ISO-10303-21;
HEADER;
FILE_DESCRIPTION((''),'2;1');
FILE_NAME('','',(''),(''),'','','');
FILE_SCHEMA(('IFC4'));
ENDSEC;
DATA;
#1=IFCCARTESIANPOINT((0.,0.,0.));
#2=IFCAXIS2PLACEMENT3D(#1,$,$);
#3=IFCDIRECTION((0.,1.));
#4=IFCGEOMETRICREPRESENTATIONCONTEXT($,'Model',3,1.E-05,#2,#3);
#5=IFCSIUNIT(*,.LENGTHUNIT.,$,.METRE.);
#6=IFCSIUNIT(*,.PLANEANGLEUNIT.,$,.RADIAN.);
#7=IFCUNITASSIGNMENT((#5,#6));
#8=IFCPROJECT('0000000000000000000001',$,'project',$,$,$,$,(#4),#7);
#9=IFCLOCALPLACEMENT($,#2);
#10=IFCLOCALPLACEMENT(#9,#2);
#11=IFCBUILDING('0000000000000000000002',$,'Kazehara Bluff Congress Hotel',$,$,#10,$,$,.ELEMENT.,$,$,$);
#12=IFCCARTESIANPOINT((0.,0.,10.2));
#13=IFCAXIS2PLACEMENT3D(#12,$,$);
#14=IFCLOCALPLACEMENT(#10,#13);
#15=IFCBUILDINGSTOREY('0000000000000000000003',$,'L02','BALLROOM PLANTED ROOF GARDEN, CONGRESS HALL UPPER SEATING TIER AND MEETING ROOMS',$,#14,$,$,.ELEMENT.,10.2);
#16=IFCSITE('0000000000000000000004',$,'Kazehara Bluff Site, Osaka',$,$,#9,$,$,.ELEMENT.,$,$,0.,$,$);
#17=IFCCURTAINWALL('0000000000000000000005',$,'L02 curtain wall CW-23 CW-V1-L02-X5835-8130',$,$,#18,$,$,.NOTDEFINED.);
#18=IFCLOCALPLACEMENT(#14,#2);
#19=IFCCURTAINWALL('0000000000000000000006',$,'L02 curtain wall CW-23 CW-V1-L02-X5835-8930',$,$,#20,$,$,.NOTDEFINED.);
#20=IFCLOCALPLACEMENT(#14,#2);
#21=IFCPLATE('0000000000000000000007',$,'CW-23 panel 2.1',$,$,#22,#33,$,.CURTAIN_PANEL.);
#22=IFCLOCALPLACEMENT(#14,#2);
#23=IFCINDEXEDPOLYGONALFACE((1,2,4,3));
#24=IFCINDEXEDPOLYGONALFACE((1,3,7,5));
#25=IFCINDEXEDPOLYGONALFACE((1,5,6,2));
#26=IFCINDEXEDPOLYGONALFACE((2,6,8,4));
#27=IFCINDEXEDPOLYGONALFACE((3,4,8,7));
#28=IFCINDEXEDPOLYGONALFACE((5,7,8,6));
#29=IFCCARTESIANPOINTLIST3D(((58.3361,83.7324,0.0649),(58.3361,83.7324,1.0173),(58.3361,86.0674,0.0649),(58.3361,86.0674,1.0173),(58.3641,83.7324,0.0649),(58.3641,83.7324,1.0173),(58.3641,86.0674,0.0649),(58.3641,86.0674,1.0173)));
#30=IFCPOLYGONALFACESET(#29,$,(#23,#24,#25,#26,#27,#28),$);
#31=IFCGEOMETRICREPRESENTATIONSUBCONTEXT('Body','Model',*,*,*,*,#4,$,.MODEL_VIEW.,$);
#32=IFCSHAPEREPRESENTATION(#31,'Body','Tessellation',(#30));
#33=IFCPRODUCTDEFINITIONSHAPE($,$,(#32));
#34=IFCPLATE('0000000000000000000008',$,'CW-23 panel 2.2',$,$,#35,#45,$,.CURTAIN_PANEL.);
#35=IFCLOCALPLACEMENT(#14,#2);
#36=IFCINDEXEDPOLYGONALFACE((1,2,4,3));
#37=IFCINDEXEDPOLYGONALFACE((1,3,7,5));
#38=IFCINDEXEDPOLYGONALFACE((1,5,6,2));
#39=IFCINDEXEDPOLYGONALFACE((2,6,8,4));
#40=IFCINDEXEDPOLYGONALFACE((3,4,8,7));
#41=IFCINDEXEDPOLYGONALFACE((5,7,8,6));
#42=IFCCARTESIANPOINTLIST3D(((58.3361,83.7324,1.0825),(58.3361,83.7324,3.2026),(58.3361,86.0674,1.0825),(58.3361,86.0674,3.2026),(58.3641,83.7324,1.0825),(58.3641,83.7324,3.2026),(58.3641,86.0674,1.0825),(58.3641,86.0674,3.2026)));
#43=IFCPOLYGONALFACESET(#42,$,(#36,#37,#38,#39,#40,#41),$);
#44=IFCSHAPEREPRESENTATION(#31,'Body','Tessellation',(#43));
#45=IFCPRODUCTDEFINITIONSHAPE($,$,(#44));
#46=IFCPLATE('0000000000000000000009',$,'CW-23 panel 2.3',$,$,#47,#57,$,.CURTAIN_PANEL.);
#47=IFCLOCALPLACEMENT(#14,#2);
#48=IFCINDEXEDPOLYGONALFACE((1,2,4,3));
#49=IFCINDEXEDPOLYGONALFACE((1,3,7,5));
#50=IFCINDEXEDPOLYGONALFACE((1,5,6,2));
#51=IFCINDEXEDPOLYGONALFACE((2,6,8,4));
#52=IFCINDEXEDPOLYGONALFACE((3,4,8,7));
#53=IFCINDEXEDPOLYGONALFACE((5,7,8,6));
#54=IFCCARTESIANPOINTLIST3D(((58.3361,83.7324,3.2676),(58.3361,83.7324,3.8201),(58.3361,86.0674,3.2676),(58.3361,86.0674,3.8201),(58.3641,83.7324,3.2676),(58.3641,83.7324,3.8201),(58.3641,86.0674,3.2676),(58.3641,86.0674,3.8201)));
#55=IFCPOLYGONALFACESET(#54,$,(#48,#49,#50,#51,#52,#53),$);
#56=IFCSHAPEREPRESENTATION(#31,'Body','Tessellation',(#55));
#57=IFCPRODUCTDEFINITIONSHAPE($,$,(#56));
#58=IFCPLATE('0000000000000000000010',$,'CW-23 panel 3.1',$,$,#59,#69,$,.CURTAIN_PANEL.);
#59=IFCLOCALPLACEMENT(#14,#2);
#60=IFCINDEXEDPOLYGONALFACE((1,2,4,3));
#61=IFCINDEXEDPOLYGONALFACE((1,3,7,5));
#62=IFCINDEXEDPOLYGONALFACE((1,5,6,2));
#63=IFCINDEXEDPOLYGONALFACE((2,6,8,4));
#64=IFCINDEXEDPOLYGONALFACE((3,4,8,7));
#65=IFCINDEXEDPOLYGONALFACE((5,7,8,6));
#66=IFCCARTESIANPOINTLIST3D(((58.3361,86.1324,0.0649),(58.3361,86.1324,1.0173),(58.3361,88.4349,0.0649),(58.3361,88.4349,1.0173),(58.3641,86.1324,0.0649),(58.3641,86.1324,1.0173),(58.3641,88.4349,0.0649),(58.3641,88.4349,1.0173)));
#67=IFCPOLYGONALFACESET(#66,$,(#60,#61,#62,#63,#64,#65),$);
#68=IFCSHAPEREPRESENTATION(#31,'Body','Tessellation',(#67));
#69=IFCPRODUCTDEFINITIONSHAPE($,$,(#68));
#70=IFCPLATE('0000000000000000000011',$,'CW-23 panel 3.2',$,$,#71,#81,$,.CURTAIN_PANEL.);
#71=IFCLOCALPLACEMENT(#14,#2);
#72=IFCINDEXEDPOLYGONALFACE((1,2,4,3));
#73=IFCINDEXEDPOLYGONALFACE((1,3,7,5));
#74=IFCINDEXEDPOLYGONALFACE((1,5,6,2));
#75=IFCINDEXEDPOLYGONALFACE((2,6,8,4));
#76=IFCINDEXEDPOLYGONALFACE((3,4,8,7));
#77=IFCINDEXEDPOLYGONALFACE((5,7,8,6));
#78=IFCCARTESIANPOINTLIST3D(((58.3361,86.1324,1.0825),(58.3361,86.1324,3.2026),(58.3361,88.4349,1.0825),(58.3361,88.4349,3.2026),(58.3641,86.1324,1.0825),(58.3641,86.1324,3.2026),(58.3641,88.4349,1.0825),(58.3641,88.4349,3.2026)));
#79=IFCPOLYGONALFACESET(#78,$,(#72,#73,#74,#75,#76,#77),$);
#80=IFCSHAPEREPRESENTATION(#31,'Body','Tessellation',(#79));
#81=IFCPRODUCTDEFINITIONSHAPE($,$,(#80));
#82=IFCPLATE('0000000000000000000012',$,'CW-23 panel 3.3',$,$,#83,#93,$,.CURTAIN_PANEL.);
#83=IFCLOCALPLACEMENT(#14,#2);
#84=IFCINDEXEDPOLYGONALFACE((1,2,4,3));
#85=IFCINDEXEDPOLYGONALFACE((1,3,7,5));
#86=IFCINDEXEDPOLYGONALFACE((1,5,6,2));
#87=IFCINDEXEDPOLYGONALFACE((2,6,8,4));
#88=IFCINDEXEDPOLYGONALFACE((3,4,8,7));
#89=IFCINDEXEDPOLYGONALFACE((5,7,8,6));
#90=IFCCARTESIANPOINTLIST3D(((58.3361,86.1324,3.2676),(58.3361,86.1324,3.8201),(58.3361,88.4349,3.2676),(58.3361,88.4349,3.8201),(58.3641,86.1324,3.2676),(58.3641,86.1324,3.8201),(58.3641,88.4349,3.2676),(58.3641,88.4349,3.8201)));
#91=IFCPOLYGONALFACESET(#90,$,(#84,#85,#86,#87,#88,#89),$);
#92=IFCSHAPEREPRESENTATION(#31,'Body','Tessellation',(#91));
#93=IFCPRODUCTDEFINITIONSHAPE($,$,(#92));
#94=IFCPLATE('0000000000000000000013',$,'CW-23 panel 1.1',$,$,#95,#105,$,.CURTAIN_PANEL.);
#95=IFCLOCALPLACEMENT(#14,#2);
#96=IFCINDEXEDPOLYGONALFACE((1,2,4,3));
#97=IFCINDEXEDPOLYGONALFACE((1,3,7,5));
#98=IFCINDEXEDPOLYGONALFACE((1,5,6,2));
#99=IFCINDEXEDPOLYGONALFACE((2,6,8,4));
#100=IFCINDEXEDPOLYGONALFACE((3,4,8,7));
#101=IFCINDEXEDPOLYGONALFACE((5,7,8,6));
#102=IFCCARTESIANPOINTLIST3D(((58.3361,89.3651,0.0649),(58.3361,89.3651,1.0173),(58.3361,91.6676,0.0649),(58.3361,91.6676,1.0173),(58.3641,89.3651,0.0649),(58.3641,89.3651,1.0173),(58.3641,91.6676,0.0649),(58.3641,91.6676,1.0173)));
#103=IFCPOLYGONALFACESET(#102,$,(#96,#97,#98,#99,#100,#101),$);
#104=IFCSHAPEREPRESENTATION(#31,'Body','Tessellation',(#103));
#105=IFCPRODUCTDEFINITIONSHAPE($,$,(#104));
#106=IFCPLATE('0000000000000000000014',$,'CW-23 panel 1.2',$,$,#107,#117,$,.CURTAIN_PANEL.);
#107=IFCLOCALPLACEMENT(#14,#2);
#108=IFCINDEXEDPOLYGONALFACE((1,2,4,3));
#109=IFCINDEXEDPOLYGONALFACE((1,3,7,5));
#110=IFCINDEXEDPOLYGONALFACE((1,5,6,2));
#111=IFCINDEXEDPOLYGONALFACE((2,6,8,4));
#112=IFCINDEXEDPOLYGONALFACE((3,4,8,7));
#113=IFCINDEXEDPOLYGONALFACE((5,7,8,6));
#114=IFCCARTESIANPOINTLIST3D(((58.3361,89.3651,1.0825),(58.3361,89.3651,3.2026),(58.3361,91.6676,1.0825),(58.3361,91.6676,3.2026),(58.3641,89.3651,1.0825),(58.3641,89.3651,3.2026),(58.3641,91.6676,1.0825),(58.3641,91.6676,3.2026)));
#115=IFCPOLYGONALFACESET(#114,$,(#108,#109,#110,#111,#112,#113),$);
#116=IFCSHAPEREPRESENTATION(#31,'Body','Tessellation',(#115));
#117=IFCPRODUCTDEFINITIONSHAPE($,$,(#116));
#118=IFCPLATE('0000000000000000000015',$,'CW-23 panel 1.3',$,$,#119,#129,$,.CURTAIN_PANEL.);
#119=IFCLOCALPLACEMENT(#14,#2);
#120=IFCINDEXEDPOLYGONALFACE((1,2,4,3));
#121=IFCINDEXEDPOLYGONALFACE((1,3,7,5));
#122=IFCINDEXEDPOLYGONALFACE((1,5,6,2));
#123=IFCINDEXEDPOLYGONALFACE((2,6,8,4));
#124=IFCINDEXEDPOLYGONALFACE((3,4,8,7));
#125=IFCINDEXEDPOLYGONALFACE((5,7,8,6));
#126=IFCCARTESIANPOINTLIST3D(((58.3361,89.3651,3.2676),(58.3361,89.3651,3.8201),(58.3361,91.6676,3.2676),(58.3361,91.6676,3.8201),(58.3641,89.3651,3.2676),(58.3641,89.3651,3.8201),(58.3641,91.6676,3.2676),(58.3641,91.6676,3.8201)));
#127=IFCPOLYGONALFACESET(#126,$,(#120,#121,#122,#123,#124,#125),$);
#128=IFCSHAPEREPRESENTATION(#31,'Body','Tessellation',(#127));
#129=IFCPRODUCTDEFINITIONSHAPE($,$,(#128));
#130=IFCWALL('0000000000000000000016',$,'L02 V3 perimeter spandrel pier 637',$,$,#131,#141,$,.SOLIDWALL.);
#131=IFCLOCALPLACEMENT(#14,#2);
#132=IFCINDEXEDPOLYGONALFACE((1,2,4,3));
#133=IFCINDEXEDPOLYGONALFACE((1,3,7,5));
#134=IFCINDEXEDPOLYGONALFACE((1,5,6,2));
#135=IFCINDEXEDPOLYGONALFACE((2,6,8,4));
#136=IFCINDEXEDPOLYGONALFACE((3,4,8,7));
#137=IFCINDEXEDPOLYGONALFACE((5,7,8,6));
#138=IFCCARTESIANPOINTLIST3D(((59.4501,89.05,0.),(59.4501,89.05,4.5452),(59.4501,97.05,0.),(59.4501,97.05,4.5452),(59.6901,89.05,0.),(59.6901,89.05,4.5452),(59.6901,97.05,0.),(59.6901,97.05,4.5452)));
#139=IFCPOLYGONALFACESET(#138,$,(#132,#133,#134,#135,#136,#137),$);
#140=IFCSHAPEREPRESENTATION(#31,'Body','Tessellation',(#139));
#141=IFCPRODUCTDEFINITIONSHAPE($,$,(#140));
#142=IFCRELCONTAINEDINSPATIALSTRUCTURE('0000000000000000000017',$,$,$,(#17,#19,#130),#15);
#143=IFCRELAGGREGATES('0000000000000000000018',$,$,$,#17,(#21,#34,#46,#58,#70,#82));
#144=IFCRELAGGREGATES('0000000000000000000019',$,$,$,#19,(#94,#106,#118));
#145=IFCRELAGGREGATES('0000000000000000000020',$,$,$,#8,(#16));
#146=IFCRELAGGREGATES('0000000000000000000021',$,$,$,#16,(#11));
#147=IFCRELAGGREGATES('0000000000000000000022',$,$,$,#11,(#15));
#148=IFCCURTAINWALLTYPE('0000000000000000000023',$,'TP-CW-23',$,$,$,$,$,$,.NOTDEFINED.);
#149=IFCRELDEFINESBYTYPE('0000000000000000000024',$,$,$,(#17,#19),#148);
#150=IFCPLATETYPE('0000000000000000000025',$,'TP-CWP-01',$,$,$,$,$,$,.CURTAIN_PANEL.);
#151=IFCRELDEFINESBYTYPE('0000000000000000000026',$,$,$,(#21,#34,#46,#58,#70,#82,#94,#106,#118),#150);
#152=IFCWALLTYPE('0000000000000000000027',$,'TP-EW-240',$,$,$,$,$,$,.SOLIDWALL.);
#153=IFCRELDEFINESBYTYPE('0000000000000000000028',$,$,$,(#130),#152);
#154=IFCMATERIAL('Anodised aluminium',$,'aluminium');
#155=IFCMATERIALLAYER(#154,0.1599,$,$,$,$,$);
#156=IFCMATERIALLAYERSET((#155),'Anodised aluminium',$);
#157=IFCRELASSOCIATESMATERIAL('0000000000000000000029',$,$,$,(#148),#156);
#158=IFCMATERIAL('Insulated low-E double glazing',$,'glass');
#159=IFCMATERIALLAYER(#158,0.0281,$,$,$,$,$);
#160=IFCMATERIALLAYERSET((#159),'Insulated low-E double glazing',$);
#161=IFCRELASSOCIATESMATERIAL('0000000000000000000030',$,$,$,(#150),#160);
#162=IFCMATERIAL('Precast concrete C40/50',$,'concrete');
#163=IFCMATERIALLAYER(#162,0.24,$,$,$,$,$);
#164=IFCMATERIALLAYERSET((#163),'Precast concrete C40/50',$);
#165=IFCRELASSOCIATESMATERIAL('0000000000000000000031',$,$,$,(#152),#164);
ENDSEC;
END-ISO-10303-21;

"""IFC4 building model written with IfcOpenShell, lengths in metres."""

from ifc_helpers import new_model, si_unit, direction, frame, frame_2d, origin, origin_2d, place, context, subcontext, project, spatial, rectangle, extrude, material, layer, layer_set, type_object, element, aggregate, save


model = new_model("IFC4")

# Units and contexts
model_context = context("Model", 3, precision=1e-05, world=origin(), true_north=direction((0.0, 1.0)))
body_context = subcontext(model_context, "Body", "Model", "MODEL_VIEW")
ifc_project = project(units=[si_unit("LENGTHUNIT", "METRE"), si_unit("PLANEANGLEUNIT", "RADIAN")], contexts=[model_context])

# Site, building, storey
site_placement = place(None, origin())
site = spatial("IfcSite", under=ifc_project, at=site_placement, Name="Kazehara Bluff Site, Osaka", CompositionType="ELEMENT", RefElevation=0.0)
building_placement = place(site_placement, origin())
building = spatial("IfcBuilding", under=site, at=building_placement, Name="Kazehara Bluff Congress Hotel", CompositionType="ELEMENT")
storey_placement = place(building_placement, frame((0.0, 0.0, 10.2)))
storey = spatial("IfcBuildingStorey", under=building, at=storey_placement, Name="L02", Description="BALLROOM PLANTED ROOF GARDEN, CONGRESS HALL UPPER SEATING TIER AND MEETING ROOMS", CompositionType="ELEMENT", Elevation=10.2)

# Curtain walls
ifc_material_1 = material(Name="Anodised aluminium", Category="aluminium")
ifc_layer_1 = layer(ifc_material_1, 0.1599)
ifc_layer_set_1 = layer_set([ifc_layer_1], Name="Anodised aluminium")
curtain_wall_type = type_object("IfcCurtainWallType", Name="TP-CW-23", PredefinedType="NOTDEFINED", material=ifc_layer_set_1)
curtain_wall_1_placement = place(storey_placement, origin())
curtain_wall_1 = element("IfcCurtainWall", 1, at=curtain_wall_1_placement, inside=storey, type_object=curtain_wall_type, Name="L02 curtain wall CW-23 CW-V1-L02-X5835-8130", PredefinedType="NOTDEFINED")
curtain_wall_2_placement = place(storey_placement, origin())
curtain_wall_2 = element("IfcCurtainWall", 2, at=curtain_wall_2_placement, inside=storey, type_object=curtain_wall_type, Name="L02 curtain wall CW-23 CW-V1-L02-X5835-8930", PredefinedType="NOTDEFINED")

# Plates
ifc_material_2 = material(Name="Insulated low-E double glazing", Category="glass")
ifc_layer_2 = layer(ifc_material_2, 0.0281)
ifc_layer_set_2 = layer_set([ifc_layer_2], Name="Insulated low-E double glazing")
plate_type = type_object("IfcPlateType", Name="TP-CWP-01", PredefinedType="CURTAIN_PANEL", material=ifc_layer_set_2)
plate_1_placement = place(storey_placement, frame((58.3501, 84.8999, 0.0649), z_axis=(0.0, 0.0, 1.0), x_axis=(0.0, 1.0, 0.0)))
plate_1 = element("IfcPlate", 3, at=plate_1_placement, type_object=plate_type, Name="CW-23 panel 2.1", PredefinedType="CURTAIN_PANEL", context=body_context, shape_type="SweptSolid", body=[
    extrude(rectangle(XDim=2.335, YDim=0.0281, at=origin_2d()), origin(), (0.0, 0.0, 1.0), 0.9524),
])
plate_2_placement = place(storey_placement, frame((58.3501, 84.8999, 1.0825), z_axis=(0.0, 0.0, 1.0), x_axis=(0.0, 1.0, 0.0)))
plate_2 = element("IfcPlate", 4, at=plate_2_placement, type_object=plate_type, Name="CW-23 panel 2.2", PredefinedType="CURTAIN_PANEL", context=body_context, shape_type="SweptSolid", body=[
    extrude(rectangle(XDim=2.335, YDim=0.0281, at=origin_2d()), origin(), (0.0, 0.0, 1.0), 2.1201),
])
plate_3_placement = place(storey_placement, frame((58.3501, 84.8999, 3.2676), z_axis=(0.0, 0.0, 1.0), x_axis=(0.0, 1.0, 0.0)))
plate_3 = element("IfcPlate", 5, at=plate_3_placement, type_object=plate_type, Name="CW-23 panel 2.3", PredefinedType="CURTAIN_PANEL", context=body_context, shape_type="SweptSolid", body=[
    extrude(rectangle(XDim=2.335, YDim=0.0281, at=origin_2d()), origin(), (0.0, 0.0, 1.0), 0.5525),
])
plate_4_placement = place(storey_placement, frame((58.3501, 87.2837, 0.0649), z_axis=(0.0, 0.0, 1.0), x_axis=(0.0, 1.0, 0.0)))
plate_4 = element("IfcPlate", 6, at=plate_4_placement, type_object=plate_type, Name="CW-23 panel 3.1", PredefinedType="CURTAIN_PANEL", context=body_context, shape_type="SweptSolid", body=[
    extrude(rectangle(XDim=2.3025, YDim=0.0281, at=origin_2d()), origin(), (0.0, 0.0, 1.0), 0.9524),
])
plate_5_placement = place(storey_placement, frame((58.3501, 87.2837, 1.0825), z_axis=(0.0, 0.0, 1.0), x_axis=(0.0, 1.0, 0.0)))
plate_5 = element("IfcPlate", 7, at=plate_5_placement, type_object=plate_type, Name="CW-23 panel 3.2", PredefinedType="CURTAIN_PANEL", context=body_context, shape_type="SweptSolid", body=[
    extrude(rectangle(XDim=2.3025, YDim=0.0281, at=origin_2d()), origin(), (0.0, 0.0, 1.0), 2.1201),
])
plate_6_placement = place(storey_placement, frame((58.3501, 87.2837, 3.2676), z_axis=(0.0, 0.0, 1.0), x_axis=(0.0, 1.0, 0.0)))
plate_6 = element("IfcPlate", 8, at=plate_6_placement, type_object=plate_type, Name="CW-23 panel 3.3", PredefinedType="CURTAIN_PANEL", context=body_context, shape_type="SweptSolid", body=[
    extrude(rectangle(XDim=2.3025, YDim=0.0281, at=origin_2d()), origin(), (0.0, 0.0, 1.0), 0.5525),
])
aggregate(curtain_wall_1, [plate_1, plate_2, plate_3, plate_4, plate_5, plate_6])
plate_7_placement = place(storey_placement, frame((58.3501, 90.5164, 0.0649), z_axis=(0.0, 0.0, 1.0), x_axis=(0.0, 1.0, 0.0)))
plate_7 = element("IfcPlate", 9, at=plate_7_placement, type_object=plate_type, Name="CW-23 panel 1.1", PredefinedType="CURTAIN_PANEL", context=body_context, shape_type="SweptSolid", body=[
    extrude(rectangle(XDim=2.3025, YDim=0.0281, at=origin_2d()), origin(), (0.0, 0.0, 1.0), 0.9524),
])
plate_8_placement = place(storey_placement, frame((58.3501, 90.5164, 1.0825), z_axis=(0.0, 0.0, 1.0), x_axis=(0.0, 1.0, 0.0)))
plate_8 = element("IfcPlate", 10, at=plate_8_placement, type_object=plate_type, Name="CW-23 panel 1.2", PredefinedType="CURTAIN_PANEL", context=body_context, shape_type="SweptSolid", body=[
    extrude(rectangle(XDim=2.3025, YDim=0.0281, at=origin_2d()), origin(), (0.0, 0.0, 1.0), 2.1201),
])
plate_9_placement = place(storey_placement, frame((58.3501, 90.5164, 3.2676), z_axis=(0.0, 0.0, 1.0), x_axis=(0.0, 1.0, 0.0)))
plate_9 = element("IfcPlate", 11, at=plate_9_placement, type_object=plate_type, Name="CW-23 panel 1.3", PredefinedType="CURTAIN_PANEL", context=body_context, shape_type="SweptSolid", body=[
    extrude(rectangle(XDim=2.3025, YDim=0.0281, at=origin_2d()), origin(), (0.0, 0.0, 1.0), 0.5525),
])
aggregate(curtain_wall_2, [plate_7, plate_8, plate_9])

# Wall
ifc_material_3 = material(Name="Precast concrete C40/50", Category="concrete")
ifc_layer_3 = layer(ifc_material_3, 0.24)
ifc_layer_set_3 = layer_set([ifc_layer_3], Name="Precast concrete C40/50")
wall_type = type_object("IfcWallType", Name="TP-EW-240", PredefinedType="SOLIDWALL", material=ifc_layer_set_3)
wall_placement = place(storey_placement, frame((59.5701, 89.05, 0.0), z_axis=(0.0, 0.0, 1.0), x_axis=(0.0, 1.0, 0.0)))
element("IfcWall", 12, at=wall_placement, inside=storey, type_object=wall_type, Name="L02 V3 perimeter spandrel pier 637", PredefinedType="SOLIDWALL", context=body_context, shape_type="SweptSolid", body=[
    extrude(rectangle(XDim=8.0, YDim=0.24, at=frame_2d((4.0, 0.0))), origin(), (0.0, 0.0, 1.0), 4.5452),
])

save(model, "model.ifc")
